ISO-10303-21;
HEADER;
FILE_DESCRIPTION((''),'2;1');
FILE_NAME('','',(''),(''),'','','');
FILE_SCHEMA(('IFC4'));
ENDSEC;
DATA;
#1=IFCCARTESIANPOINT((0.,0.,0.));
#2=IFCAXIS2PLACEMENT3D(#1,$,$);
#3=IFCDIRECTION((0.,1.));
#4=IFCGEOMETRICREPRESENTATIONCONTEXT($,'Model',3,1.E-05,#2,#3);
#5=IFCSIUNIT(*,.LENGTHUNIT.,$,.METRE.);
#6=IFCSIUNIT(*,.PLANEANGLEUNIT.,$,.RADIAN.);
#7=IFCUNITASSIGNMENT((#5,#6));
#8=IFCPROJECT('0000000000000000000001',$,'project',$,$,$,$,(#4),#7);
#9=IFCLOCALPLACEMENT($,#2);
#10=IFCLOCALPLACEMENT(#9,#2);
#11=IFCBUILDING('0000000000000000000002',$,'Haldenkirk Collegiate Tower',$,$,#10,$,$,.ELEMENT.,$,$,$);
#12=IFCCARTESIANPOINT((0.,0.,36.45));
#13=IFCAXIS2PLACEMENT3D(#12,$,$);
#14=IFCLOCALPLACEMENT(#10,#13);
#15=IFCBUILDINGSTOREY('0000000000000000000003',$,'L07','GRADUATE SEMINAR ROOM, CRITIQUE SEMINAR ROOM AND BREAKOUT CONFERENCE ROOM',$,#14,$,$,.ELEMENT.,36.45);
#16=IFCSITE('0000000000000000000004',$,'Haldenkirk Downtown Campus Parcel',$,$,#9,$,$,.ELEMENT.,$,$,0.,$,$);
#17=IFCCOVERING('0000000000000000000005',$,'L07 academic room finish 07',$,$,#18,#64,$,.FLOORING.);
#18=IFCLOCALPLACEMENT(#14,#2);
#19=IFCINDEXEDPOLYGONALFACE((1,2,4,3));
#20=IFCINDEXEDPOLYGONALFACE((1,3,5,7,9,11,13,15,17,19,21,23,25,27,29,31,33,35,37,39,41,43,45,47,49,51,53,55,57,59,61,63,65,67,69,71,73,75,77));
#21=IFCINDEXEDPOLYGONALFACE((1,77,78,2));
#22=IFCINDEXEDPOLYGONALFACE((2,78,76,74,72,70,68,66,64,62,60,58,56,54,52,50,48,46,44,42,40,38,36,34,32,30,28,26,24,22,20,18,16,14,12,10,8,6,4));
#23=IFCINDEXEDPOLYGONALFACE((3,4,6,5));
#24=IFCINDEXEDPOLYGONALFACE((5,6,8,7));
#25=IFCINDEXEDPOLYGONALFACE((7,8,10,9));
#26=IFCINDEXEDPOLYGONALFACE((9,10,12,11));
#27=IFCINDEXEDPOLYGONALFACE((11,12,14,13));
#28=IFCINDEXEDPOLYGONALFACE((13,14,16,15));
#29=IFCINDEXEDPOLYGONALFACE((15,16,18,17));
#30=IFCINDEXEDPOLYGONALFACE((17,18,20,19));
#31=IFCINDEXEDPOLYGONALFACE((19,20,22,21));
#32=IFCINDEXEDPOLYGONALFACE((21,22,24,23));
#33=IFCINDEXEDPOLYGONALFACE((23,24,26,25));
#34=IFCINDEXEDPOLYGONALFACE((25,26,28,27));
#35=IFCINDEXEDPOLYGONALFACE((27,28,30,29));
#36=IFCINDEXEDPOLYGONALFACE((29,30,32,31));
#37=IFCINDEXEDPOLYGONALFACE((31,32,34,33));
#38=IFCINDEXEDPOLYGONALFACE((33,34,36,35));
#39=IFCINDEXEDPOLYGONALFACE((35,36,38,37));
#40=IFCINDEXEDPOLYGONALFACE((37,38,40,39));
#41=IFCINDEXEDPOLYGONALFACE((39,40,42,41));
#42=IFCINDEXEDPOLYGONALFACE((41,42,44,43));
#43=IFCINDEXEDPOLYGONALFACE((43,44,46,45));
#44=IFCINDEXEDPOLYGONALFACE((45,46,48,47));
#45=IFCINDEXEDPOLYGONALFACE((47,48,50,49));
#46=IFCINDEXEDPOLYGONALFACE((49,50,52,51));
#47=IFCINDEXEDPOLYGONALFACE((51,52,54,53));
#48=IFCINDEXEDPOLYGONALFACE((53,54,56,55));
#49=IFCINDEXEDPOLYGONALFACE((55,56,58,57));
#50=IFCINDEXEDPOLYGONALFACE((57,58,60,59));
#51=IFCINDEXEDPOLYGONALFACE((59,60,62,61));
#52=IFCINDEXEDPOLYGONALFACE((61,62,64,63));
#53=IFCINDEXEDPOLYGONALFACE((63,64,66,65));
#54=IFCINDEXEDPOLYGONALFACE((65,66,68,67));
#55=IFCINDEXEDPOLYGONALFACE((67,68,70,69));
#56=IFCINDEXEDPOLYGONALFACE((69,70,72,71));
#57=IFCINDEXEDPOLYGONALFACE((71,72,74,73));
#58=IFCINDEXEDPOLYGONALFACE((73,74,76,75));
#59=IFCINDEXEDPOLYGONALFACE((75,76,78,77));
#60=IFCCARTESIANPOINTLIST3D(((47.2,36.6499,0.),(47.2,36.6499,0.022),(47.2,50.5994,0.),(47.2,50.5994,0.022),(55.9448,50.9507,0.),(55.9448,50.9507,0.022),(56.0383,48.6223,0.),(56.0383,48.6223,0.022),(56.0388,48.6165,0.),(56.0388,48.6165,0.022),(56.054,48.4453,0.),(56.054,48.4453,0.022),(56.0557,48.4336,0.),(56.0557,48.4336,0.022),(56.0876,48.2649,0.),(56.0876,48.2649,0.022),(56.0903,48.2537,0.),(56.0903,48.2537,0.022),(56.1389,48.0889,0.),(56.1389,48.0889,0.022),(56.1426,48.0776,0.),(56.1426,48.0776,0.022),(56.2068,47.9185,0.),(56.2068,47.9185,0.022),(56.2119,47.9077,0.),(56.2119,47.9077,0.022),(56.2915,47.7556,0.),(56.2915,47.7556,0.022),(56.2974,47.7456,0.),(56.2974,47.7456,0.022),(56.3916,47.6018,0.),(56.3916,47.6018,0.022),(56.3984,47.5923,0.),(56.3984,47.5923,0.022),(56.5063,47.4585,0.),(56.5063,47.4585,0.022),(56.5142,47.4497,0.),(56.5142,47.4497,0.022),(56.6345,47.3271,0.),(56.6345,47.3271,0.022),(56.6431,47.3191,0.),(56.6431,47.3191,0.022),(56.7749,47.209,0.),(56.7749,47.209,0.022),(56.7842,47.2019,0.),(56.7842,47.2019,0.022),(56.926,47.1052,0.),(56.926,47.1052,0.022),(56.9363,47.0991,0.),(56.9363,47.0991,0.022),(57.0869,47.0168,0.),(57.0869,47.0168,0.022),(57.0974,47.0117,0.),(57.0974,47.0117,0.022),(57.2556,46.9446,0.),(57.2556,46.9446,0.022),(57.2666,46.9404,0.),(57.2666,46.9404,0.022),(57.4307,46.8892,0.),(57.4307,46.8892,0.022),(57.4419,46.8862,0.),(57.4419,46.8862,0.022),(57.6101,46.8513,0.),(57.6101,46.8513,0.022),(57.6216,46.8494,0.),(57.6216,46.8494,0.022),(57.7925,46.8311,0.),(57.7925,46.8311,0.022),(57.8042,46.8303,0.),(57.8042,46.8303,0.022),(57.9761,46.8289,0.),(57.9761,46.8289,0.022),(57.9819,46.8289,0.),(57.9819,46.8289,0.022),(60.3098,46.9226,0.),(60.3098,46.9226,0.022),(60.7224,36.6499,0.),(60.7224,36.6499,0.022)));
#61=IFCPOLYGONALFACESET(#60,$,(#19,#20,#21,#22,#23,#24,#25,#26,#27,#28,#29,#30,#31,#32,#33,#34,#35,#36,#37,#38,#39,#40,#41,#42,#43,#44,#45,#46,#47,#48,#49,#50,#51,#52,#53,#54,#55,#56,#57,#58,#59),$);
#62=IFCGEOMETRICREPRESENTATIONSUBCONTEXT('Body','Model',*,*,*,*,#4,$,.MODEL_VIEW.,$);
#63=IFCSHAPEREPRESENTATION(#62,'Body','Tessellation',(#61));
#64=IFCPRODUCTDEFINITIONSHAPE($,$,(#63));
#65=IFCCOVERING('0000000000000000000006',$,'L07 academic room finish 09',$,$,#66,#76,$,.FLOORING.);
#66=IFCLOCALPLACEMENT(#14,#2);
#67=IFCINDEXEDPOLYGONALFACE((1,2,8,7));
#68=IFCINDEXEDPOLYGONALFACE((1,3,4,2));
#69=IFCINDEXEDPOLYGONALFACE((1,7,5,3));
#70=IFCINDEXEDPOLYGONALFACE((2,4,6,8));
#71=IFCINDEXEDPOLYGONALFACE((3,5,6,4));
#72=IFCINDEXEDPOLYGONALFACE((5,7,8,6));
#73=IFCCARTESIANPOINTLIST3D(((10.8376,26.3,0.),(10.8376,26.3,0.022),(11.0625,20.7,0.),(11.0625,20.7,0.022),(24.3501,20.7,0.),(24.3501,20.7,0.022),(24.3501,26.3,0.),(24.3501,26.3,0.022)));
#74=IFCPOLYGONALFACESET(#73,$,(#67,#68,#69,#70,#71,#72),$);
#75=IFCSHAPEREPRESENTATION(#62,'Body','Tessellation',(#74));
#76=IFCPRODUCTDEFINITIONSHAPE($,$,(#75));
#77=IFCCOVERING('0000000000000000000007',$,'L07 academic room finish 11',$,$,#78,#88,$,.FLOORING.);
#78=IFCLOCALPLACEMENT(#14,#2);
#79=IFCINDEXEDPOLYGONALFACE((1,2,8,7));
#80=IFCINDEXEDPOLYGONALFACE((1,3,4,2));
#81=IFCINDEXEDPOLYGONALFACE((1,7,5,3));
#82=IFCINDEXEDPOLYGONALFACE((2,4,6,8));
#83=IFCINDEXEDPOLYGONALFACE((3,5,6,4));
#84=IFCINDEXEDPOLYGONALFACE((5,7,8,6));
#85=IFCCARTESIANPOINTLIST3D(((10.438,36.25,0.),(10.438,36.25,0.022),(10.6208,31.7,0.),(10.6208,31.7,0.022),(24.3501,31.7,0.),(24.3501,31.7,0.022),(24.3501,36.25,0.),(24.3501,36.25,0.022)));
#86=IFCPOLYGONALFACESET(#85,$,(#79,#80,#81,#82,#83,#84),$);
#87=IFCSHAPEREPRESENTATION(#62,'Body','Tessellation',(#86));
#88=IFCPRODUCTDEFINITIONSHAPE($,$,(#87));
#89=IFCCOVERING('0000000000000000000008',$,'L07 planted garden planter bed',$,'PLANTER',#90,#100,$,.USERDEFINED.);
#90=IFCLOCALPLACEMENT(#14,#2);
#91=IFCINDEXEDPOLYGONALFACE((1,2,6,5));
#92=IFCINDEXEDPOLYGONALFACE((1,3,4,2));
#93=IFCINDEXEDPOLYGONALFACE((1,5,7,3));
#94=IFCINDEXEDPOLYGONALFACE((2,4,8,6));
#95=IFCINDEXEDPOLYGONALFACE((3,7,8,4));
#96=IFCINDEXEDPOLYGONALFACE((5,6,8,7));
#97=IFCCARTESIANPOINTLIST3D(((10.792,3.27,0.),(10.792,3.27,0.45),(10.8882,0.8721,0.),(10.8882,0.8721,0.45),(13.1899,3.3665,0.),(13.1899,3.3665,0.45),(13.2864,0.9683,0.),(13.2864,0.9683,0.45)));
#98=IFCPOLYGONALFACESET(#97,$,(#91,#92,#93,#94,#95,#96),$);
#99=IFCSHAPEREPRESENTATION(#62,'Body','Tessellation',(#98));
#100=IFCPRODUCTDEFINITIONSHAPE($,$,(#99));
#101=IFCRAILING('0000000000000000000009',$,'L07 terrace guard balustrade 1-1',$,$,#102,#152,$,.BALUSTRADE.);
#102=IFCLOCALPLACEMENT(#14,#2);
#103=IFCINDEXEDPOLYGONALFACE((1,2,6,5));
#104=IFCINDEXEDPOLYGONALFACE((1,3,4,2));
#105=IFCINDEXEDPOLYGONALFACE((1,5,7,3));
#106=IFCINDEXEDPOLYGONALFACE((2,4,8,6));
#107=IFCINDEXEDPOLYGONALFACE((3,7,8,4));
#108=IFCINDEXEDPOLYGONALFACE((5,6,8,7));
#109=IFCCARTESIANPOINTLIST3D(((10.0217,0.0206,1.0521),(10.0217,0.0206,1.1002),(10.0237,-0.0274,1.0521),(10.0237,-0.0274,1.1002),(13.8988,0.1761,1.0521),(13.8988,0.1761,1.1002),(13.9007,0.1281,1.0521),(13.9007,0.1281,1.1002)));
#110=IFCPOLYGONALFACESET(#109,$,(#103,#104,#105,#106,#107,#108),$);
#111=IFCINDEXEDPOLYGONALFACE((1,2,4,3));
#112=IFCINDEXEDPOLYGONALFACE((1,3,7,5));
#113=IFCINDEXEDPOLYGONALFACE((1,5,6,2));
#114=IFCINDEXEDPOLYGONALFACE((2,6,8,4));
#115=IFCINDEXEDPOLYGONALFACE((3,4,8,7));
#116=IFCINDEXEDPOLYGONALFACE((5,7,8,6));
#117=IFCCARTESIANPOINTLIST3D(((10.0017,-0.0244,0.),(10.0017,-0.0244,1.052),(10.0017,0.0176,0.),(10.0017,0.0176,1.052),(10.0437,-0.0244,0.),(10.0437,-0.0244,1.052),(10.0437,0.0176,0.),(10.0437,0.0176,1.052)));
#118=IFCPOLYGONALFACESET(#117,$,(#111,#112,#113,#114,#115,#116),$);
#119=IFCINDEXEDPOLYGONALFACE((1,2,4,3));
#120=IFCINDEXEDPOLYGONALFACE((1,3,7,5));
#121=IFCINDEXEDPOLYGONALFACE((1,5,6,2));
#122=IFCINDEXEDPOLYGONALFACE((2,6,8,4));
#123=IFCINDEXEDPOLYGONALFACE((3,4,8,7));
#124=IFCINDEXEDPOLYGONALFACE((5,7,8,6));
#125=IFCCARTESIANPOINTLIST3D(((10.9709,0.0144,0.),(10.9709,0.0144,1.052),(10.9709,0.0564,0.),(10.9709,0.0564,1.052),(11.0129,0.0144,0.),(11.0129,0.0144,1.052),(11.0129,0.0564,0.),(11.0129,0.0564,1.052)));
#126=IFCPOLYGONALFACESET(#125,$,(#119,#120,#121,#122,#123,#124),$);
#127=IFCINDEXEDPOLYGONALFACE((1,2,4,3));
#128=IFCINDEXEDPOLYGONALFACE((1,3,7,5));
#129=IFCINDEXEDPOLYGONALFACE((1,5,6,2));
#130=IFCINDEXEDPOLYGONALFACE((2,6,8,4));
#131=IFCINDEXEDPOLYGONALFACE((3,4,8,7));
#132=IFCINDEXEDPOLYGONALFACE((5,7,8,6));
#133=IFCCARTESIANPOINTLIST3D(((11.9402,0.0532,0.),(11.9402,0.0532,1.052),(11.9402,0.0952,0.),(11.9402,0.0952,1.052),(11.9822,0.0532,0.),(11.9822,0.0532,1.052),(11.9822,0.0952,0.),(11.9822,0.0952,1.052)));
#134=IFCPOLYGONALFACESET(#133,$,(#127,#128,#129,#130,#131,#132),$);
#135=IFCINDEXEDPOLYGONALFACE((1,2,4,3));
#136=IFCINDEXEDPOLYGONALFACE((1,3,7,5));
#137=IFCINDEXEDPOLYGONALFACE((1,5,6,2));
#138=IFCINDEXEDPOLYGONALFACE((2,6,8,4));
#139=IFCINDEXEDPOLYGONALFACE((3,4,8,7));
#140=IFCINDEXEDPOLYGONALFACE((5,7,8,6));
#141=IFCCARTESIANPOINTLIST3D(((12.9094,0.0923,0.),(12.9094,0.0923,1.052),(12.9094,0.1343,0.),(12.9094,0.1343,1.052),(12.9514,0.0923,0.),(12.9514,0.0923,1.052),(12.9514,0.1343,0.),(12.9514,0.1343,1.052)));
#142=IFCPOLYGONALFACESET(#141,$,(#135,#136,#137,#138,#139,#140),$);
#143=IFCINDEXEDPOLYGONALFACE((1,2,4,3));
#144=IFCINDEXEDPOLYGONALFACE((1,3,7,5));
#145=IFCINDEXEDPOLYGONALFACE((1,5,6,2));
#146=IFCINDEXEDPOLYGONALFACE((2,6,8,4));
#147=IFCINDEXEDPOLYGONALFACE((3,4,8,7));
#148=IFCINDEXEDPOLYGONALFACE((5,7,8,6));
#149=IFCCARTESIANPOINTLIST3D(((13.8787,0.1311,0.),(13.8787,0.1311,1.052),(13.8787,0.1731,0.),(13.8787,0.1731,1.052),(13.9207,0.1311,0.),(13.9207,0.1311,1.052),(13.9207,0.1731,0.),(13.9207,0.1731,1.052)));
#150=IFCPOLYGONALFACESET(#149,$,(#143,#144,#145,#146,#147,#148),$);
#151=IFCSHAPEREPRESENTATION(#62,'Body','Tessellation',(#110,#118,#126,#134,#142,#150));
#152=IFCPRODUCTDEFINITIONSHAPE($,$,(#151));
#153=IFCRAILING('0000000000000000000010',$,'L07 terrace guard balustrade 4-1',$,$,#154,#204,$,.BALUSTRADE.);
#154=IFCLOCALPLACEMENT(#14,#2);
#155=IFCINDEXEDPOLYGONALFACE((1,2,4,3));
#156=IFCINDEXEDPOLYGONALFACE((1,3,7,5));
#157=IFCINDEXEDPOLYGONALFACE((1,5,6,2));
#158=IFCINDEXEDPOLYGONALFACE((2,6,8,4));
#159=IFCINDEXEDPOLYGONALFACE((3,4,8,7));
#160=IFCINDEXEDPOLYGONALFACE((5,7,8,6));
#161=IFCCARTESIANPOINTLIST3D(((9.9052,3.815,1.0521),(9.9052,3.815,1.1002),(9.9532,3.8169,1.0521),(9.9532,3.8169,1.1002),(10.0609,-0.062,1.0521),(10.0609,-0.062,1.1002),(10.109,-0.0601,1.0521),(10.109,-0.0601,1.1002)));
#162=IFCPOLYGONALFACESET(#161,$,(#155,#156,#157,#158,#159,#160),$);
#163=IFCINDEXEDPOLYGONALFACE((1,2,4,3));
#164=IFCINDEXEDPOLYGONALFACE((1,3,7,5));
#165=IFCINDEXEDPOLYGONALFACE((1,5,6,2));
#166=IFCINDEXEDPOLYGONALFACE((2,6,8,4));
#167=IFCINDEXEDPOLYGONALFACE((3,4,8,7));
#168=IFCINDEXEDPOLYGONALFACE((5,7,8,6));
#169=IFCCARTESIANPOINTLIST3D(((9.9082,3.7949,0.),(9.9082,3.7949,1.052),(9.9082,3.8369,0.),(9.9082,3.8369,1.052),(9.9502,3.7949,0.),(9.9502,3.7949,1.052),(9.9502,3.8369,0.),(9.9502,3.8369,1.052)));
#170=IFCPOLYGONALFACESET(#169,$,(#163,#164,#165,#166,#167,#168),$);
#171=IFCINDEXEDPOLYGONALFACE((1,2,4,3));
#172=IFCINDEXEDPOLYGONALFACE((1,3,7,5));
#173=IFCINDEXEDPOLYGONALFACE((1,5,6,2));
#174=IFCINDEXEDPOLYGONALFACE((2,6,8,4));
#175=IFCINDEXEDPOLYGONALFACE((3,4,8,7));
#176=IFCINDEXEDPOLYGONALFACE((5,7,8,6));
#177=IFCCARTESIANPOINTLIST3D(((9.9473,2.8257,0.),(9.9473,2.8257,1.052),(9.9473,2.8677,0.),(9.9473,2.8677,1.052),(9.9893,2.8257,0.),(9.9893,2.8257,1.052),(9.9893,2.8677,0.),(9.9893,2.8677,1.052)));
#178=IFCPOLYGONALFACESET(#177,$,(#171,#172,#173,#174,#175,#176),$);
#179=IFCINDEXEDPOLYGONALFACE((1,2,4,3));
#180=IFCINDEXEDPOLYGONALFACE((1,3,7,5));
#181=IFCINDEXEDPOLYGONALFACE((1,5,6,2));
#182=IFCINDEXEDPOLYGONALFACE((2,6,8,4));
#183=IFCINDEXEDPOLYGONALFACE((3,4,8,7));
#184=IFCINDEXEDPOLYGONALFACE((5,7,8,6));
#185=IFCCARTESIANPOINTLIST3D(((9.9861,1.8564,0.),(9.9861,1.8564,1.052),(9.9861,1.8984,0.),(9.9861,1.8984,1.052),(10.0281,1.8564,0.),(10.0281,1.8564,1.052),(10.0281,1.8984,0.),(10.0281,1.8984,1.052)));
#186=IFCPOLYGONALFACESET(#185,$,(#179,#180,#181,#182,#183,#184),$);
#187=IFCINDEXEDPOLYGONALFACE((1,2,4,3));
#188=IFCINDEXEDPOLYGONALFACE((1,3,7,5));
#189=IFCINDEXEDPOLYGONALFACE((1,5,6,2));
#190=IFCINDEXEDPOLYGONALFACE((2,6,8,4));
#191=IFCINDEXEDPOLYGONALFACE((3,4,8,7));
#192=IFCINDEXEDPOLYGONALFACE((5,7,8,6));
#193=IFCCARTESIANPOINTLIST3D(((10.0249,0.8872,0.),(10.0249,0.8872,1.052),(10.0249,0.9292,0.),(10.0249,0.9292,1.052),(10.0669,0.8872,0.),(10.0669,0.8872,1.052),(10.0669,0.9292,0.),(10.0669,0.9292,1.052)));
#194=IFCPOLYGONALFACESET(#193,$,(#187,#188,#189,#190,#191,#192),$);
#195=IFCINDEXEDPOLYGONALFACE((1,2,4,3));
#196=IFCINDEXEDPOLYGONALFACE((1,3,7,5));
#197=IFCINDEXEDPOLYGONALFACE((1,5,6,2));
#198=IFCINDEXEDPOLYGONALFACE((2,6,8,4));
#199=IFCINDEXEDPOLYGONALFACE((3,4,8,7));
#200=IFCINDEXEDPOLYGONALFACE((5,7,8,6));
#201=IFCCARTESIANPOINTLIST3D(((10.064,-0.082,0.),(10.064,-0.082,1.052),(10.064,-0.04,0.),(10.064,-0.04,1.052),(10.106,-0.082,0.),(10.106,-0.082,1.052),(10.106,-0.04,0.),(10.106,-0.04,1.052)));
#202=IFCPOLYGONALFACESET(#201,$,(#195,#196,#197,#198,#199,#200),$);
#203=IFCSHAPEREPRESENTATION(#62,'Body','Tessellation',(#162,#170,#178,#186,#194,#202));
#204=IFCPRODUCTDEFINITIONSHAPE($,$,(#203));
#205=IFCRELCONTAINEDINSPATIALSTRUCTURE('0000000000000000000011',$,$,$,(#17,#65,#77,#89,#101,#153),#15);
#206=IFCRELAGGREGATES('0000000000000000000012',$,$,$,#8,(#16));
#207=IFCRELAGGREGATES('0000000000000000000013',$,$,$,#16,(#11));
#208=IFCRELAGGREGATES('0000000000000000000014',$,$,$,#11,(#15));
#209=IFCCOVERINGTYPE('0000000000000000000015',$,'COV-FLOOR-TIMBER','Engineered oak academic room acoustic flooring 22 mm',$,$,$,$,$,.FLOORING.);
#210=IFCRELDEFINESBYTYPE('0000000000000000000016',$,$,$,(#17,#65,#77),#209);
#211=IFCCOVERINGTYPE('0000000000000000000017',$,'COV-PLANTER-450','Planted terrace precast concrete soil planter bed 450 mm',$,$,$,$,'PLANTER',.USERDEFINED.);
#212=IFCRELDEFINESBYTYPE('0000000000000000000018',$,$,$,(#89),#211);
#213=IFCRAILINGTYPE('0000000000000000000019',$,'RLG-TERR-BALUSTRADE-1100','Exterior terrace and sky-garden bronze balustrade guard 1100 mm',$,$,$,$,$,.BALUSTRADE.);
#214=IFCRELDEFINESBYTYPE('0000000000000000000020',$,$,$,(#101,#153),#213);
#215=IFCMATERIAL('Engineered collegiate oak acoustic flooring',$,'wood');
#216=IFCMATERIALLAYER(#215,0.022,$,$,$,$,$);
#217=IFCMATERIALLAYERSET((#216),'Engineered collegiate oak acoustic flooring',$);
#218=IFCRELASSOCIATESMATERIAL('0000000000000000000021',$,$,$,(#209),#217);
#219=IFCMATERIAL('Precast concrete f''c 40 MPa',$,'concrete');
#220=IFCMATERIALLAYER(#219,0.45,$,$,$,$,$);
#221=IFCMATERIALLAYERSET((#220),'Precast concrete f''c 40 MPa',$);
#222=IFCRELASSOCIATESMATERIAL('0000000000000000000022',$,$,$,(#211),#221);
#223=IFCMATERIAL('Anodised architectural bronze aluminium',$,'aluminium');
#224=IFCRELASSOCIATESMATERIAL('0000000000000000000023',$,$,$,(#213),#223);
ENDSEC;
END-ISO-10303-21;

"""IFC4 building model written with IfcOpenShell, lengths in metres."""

from ifc_helpers import new_model, si_unit, direction, frame, origin, origin_2d, place, context, subcontext, project, spatial, polyline, rectangle, outline, extrude, material, layer, layer_set, type_object, element, save


model = new_model("IFC4")

# Units and contexts
model_context = context("Model", 3, precision=1e-05, world=origin(), true_north=direction((0.0, 1.0)))
body_context = subcontext(model_context, "Body", "Model", "MODEL_VIEW")
ifc_project = project(units=[si_unit("LENGTHUNIT", "METRE"), si_unit("PLANEANGLEUNIT", "RADIAN")], contexts=[model_context])

# Site, building, storey
site_placement = place(None, origin())
site = spatial("IfcSite", under=ifc_project, at=site_placement, Name="Haldenkirk Downtown Campus Parcel", CompositionType="ELEMENT", RefElevation=0.0)
building_placement = place(site_placement, origin())
building = spatial("IfcBuilding", under=site, at=building_placement, Name="Haldenkirk Collegiate Tower", CompositionType="ELEMENT")
storey_placement = place(building_placement, frame((0.0, 0.0, 36.45)))
storey = spatial("IfcBuildingStorey", under=building, at=storey_placement, Name="L07", Description="GRADUATE SEMINAR ROOM, CRITIQUE SEMINAR ROOM AND BREAKOUT CONFERENCE ROOM", CompositionType="ELEMENT", Elevation=36.45)

# Shared definitions
ifc_material_1 = material(Name="Anodised architectural bronze aluminium", Category="aluminium")

# Shared definitions
ifc_material_2 = material(Name="Precast concrete f'c 40 MPa", Category="concrete")

# Coverings
ifc_material_3 = material(Name="Engineered collegiate oak acoustic flooring", Category="wood")
ifc_layer_1 = layer(ifc_material_3, 0.022)
ifc_layer_set_1 = layer_set([ifc_layer_1], Name="Engineered collegiate oak acoustic flooring")
covering_type_1 = type_object("IfcCoveringType", Name="COV-FLOOR-TIMBER", Description="Engineered oak academic room acoustic flooring 22 mm", PredefinedType="FLOORING", material=ifc_layer_set_1)
covering_1_placement = place(storey_placement, origin())
element("IfcCovering", 1, at=covering_1_placement, inside=storey, type_object=covering_type_1, Name="L07 academic room finish 07", PredefinedType="FLOORING", context=body_context, shape_type="SweptSolid", body=[
    extrude(outline(polyline([(55.9448, 50.9507), (56.0383, 48.6223), (56.0388, 48.6165), (56.054, 48.4453), (56.0557, 48.4336), (56.0876, 48.2649), (56.0903, 48.2537), (56.1389, 48.0889), (56.1426, 48.0776), (56.2068, 47.9185), (56.2119, 47.9077), (56.2915, 47.7556), (56.2974, 47.7456), (56.3916, 47.6018), (56.3984, 47.5923), (56.5063, 47.4585), (56.5142, 47.4497), (56.6345, 47.3271), (56.6431, 47.3191), (56.7749, 47.209), (56.7842, 47.2019), (56.926, 47.1052), (56.9363, 47.0991), (57.0869, 47.0168), (57.0974, 47.0117), (57.2556, 46.9446), (57.2666, 46.9404), (57.4307, 46.8892), (57.4419, 46.8862), (57.6101, 46.8513), (57.6216, 46.8494), (57.7925, 46.8311), (57.8042, 46.8303), (57.9761, 46.8289), (57.9819, 46.8289), (60.3098, 46.9226), (60.7224, 36.6499), (47.2, 36.6499), (47.2, 50.5994), (55.9448, 50.9507)])), origin(), (0.0, 0.0, 1.0), 0.022),
])
covering_2_placement = place(storey_placement, origin())
element("IfcCovering", 2, at=covering_2_placement, inside=storey, type_object=covering_type_1, Name="L07 academic room finish 09", PredefinedType="FLOORING", context=body_context, shape_type="SweptSolid", body=[
    extrude(outline(polyline([(10.8376, 26.3), (24.3501, 26.3), (24.3501, 20.7), (11.0625, 20.7), (10.8376, 26.3)])), origin(), (0.0, 0.0, 1.0), 0.022),
])
covering_3_placement = place(storey_placement, origin())
element("IfcCovering", 3, at=covering_3_placement, inside=storey, type_object=covering_type_1, Name="L07 academic room finish 11", PredefinedType="FLOORING", context=body_context, shape_type="SweptSolid", body=[
    extrude(outline(polyline([(10.438, 36.25), (24.3501, 36.25), (24.3501, 31.7), (10.6208, 31.7), (10.438, 36.25)])), origin(), (0.0, 0.0, 1.0), 0.022),
])
ifc_layer_2 = layer(ifc_material_2, 0.45)
ifc_layer_set_2 = layer_set([ifc_layer_2], Name="Precast concrete f'c 40 MPa")
covering_type_2 = type_object("IfcCoveringType", Name="COV-PLANTER-450", Description="Planted terrace precast concrete soil planter bed 450 mm", ElementType="PLANTER", PredefinedType="USERDEFINED", material=ifc_layer_set_2)
covering_4_placement = place(storey_placement, origin())
element("IfcCovering", 4, at=covering_4_placement, inside=storey, type_object=covering_type_2, Name="L07 planted garden planter bed", ObjectType="PLANTER", PredefinedType="USERDEFINED", context=body_context, shape_type="SweptSolid", body=[
    extrude(outline(polyline([(10.8882, 0.8721), (10.792, 3.27), (13.1899, 3.3665), (13.2864, 0.9683), (10.8882, 0.8721)])), origin(), (0.0, 0.0, 1.0), 0.45),
])

# Railings
railing_type = type_object("IfcRailingType", Name="RLG-TERR-BALUSTRADE-1100", Description="Exterior terrace and sky-garden bronze balustrade guard 1100 mm", PredefinedType="BALUSTRADE", material=ifc_material_1)
railing_1_placement = place(storey_placement, frame((10.0227, -0.0034, 0.0)))
element("IfcRailing", 5, at=railing_1_placement, inside=storey, type_object=railing_type, Name="L07 terrace guard balustrade 1-1", PredefinedType="BALUSTRADE", context=body_context, shape_type="SweptSolid", body=[
    extrude(rectangle(XDim=0.0481, YDim=0.0481, at=origin_2d()), frame((0.0, 0.0, 1.0762), z_axis=(0.999196, 0.040081, 0.0), x_axis=(-0.040081, 0.999196, 0.0)), (0.0, 0.0, 1.0), 3.8801),
    extrude(rectangle(XDim=0.042, YDim=0.042, at=origin_2d()), origin(), (0.0, 0.0, 1.0), 1.052),
    extrude(rectangle(XDim=0.042, YDim=0.042, at=origin_2d()), frame((0.9692, 0.0388, 0.0)), (0.0, 0.0, 1.0), 1.052),
    extrude(rectangle(XDim=0.042, YDim=0.042, at=origin_2d()), frame((1.9385, 0.0776, 0.0)), (0.0, 0.0, 1.0), 1.052),
    extrude(rectangle(XDim=0.042, YDim=0.042, at=origin_2d()), frame((2.9077, 0.1167, 0.0)), (0.0, 0.0, 1.0), 1.052),
    extrude(rectangle(XDim=0.042, YDim=0.042, at=origin_2d()), frame((3.877, 0.1555, 0.0)), (0.0, 0.0, 1.0), 1.052),
])
railing_2_placement = place(storey_placement, frame((9.9292, 3.8159, 0.0)))
element("IfcRailing", 6, at=railing_2_placement, inside=storey, type_object=railing_type, Name="L07 terrace guard balustrade 4-1", PredefinedType="BALUSTRADE", context=body_context, shape_type="SweptSolid", body=[
    extrude(rectangle(XDim=0.0481, YDim=0.0481, at=origin_2d()), frame((0.0, 0.0, 1.0762), z_axis=(0.040144, -0.999194, 0.0), x_axis=(0.999194, 0.040144, 0.0)), (0.0, 0.0, 1.0), 3.8801),
    extrude(rectangle(XDim=0.042, YDim=0.042, at=origin_2d()), origin(), (0.0, 0.0, 1.0), 1.052),
    extrude(rectangle(XDim=0.042, YDim=0.042, at=origin_2d()), frame((0.0391, -0.9692, 0.0)), (0.0, 0.0, 1.0), 1.052),
    extrude(rectangle(XDim=0.042, YDim=0.042, at=origin_2d()), frame((0.0779, -1.9385, 0.0)), (0.0, 0.0, 1.0), 1.052),
    extrude(rectangle(XDim=0.042, YDim=0.042, at=origin_2d()), frame((0.1167, -2.9077, 0.0)), (0.0, 0.0, 1.0), 1.052),
    extrude(rectangle(XDim=0.042, YDim=0.042, at=origin_2d()), frame((0.1558, -3.877, 0.0)), (0.0, 0.0, 1.0), 1.052),
])

save(model, "model.ifc")
